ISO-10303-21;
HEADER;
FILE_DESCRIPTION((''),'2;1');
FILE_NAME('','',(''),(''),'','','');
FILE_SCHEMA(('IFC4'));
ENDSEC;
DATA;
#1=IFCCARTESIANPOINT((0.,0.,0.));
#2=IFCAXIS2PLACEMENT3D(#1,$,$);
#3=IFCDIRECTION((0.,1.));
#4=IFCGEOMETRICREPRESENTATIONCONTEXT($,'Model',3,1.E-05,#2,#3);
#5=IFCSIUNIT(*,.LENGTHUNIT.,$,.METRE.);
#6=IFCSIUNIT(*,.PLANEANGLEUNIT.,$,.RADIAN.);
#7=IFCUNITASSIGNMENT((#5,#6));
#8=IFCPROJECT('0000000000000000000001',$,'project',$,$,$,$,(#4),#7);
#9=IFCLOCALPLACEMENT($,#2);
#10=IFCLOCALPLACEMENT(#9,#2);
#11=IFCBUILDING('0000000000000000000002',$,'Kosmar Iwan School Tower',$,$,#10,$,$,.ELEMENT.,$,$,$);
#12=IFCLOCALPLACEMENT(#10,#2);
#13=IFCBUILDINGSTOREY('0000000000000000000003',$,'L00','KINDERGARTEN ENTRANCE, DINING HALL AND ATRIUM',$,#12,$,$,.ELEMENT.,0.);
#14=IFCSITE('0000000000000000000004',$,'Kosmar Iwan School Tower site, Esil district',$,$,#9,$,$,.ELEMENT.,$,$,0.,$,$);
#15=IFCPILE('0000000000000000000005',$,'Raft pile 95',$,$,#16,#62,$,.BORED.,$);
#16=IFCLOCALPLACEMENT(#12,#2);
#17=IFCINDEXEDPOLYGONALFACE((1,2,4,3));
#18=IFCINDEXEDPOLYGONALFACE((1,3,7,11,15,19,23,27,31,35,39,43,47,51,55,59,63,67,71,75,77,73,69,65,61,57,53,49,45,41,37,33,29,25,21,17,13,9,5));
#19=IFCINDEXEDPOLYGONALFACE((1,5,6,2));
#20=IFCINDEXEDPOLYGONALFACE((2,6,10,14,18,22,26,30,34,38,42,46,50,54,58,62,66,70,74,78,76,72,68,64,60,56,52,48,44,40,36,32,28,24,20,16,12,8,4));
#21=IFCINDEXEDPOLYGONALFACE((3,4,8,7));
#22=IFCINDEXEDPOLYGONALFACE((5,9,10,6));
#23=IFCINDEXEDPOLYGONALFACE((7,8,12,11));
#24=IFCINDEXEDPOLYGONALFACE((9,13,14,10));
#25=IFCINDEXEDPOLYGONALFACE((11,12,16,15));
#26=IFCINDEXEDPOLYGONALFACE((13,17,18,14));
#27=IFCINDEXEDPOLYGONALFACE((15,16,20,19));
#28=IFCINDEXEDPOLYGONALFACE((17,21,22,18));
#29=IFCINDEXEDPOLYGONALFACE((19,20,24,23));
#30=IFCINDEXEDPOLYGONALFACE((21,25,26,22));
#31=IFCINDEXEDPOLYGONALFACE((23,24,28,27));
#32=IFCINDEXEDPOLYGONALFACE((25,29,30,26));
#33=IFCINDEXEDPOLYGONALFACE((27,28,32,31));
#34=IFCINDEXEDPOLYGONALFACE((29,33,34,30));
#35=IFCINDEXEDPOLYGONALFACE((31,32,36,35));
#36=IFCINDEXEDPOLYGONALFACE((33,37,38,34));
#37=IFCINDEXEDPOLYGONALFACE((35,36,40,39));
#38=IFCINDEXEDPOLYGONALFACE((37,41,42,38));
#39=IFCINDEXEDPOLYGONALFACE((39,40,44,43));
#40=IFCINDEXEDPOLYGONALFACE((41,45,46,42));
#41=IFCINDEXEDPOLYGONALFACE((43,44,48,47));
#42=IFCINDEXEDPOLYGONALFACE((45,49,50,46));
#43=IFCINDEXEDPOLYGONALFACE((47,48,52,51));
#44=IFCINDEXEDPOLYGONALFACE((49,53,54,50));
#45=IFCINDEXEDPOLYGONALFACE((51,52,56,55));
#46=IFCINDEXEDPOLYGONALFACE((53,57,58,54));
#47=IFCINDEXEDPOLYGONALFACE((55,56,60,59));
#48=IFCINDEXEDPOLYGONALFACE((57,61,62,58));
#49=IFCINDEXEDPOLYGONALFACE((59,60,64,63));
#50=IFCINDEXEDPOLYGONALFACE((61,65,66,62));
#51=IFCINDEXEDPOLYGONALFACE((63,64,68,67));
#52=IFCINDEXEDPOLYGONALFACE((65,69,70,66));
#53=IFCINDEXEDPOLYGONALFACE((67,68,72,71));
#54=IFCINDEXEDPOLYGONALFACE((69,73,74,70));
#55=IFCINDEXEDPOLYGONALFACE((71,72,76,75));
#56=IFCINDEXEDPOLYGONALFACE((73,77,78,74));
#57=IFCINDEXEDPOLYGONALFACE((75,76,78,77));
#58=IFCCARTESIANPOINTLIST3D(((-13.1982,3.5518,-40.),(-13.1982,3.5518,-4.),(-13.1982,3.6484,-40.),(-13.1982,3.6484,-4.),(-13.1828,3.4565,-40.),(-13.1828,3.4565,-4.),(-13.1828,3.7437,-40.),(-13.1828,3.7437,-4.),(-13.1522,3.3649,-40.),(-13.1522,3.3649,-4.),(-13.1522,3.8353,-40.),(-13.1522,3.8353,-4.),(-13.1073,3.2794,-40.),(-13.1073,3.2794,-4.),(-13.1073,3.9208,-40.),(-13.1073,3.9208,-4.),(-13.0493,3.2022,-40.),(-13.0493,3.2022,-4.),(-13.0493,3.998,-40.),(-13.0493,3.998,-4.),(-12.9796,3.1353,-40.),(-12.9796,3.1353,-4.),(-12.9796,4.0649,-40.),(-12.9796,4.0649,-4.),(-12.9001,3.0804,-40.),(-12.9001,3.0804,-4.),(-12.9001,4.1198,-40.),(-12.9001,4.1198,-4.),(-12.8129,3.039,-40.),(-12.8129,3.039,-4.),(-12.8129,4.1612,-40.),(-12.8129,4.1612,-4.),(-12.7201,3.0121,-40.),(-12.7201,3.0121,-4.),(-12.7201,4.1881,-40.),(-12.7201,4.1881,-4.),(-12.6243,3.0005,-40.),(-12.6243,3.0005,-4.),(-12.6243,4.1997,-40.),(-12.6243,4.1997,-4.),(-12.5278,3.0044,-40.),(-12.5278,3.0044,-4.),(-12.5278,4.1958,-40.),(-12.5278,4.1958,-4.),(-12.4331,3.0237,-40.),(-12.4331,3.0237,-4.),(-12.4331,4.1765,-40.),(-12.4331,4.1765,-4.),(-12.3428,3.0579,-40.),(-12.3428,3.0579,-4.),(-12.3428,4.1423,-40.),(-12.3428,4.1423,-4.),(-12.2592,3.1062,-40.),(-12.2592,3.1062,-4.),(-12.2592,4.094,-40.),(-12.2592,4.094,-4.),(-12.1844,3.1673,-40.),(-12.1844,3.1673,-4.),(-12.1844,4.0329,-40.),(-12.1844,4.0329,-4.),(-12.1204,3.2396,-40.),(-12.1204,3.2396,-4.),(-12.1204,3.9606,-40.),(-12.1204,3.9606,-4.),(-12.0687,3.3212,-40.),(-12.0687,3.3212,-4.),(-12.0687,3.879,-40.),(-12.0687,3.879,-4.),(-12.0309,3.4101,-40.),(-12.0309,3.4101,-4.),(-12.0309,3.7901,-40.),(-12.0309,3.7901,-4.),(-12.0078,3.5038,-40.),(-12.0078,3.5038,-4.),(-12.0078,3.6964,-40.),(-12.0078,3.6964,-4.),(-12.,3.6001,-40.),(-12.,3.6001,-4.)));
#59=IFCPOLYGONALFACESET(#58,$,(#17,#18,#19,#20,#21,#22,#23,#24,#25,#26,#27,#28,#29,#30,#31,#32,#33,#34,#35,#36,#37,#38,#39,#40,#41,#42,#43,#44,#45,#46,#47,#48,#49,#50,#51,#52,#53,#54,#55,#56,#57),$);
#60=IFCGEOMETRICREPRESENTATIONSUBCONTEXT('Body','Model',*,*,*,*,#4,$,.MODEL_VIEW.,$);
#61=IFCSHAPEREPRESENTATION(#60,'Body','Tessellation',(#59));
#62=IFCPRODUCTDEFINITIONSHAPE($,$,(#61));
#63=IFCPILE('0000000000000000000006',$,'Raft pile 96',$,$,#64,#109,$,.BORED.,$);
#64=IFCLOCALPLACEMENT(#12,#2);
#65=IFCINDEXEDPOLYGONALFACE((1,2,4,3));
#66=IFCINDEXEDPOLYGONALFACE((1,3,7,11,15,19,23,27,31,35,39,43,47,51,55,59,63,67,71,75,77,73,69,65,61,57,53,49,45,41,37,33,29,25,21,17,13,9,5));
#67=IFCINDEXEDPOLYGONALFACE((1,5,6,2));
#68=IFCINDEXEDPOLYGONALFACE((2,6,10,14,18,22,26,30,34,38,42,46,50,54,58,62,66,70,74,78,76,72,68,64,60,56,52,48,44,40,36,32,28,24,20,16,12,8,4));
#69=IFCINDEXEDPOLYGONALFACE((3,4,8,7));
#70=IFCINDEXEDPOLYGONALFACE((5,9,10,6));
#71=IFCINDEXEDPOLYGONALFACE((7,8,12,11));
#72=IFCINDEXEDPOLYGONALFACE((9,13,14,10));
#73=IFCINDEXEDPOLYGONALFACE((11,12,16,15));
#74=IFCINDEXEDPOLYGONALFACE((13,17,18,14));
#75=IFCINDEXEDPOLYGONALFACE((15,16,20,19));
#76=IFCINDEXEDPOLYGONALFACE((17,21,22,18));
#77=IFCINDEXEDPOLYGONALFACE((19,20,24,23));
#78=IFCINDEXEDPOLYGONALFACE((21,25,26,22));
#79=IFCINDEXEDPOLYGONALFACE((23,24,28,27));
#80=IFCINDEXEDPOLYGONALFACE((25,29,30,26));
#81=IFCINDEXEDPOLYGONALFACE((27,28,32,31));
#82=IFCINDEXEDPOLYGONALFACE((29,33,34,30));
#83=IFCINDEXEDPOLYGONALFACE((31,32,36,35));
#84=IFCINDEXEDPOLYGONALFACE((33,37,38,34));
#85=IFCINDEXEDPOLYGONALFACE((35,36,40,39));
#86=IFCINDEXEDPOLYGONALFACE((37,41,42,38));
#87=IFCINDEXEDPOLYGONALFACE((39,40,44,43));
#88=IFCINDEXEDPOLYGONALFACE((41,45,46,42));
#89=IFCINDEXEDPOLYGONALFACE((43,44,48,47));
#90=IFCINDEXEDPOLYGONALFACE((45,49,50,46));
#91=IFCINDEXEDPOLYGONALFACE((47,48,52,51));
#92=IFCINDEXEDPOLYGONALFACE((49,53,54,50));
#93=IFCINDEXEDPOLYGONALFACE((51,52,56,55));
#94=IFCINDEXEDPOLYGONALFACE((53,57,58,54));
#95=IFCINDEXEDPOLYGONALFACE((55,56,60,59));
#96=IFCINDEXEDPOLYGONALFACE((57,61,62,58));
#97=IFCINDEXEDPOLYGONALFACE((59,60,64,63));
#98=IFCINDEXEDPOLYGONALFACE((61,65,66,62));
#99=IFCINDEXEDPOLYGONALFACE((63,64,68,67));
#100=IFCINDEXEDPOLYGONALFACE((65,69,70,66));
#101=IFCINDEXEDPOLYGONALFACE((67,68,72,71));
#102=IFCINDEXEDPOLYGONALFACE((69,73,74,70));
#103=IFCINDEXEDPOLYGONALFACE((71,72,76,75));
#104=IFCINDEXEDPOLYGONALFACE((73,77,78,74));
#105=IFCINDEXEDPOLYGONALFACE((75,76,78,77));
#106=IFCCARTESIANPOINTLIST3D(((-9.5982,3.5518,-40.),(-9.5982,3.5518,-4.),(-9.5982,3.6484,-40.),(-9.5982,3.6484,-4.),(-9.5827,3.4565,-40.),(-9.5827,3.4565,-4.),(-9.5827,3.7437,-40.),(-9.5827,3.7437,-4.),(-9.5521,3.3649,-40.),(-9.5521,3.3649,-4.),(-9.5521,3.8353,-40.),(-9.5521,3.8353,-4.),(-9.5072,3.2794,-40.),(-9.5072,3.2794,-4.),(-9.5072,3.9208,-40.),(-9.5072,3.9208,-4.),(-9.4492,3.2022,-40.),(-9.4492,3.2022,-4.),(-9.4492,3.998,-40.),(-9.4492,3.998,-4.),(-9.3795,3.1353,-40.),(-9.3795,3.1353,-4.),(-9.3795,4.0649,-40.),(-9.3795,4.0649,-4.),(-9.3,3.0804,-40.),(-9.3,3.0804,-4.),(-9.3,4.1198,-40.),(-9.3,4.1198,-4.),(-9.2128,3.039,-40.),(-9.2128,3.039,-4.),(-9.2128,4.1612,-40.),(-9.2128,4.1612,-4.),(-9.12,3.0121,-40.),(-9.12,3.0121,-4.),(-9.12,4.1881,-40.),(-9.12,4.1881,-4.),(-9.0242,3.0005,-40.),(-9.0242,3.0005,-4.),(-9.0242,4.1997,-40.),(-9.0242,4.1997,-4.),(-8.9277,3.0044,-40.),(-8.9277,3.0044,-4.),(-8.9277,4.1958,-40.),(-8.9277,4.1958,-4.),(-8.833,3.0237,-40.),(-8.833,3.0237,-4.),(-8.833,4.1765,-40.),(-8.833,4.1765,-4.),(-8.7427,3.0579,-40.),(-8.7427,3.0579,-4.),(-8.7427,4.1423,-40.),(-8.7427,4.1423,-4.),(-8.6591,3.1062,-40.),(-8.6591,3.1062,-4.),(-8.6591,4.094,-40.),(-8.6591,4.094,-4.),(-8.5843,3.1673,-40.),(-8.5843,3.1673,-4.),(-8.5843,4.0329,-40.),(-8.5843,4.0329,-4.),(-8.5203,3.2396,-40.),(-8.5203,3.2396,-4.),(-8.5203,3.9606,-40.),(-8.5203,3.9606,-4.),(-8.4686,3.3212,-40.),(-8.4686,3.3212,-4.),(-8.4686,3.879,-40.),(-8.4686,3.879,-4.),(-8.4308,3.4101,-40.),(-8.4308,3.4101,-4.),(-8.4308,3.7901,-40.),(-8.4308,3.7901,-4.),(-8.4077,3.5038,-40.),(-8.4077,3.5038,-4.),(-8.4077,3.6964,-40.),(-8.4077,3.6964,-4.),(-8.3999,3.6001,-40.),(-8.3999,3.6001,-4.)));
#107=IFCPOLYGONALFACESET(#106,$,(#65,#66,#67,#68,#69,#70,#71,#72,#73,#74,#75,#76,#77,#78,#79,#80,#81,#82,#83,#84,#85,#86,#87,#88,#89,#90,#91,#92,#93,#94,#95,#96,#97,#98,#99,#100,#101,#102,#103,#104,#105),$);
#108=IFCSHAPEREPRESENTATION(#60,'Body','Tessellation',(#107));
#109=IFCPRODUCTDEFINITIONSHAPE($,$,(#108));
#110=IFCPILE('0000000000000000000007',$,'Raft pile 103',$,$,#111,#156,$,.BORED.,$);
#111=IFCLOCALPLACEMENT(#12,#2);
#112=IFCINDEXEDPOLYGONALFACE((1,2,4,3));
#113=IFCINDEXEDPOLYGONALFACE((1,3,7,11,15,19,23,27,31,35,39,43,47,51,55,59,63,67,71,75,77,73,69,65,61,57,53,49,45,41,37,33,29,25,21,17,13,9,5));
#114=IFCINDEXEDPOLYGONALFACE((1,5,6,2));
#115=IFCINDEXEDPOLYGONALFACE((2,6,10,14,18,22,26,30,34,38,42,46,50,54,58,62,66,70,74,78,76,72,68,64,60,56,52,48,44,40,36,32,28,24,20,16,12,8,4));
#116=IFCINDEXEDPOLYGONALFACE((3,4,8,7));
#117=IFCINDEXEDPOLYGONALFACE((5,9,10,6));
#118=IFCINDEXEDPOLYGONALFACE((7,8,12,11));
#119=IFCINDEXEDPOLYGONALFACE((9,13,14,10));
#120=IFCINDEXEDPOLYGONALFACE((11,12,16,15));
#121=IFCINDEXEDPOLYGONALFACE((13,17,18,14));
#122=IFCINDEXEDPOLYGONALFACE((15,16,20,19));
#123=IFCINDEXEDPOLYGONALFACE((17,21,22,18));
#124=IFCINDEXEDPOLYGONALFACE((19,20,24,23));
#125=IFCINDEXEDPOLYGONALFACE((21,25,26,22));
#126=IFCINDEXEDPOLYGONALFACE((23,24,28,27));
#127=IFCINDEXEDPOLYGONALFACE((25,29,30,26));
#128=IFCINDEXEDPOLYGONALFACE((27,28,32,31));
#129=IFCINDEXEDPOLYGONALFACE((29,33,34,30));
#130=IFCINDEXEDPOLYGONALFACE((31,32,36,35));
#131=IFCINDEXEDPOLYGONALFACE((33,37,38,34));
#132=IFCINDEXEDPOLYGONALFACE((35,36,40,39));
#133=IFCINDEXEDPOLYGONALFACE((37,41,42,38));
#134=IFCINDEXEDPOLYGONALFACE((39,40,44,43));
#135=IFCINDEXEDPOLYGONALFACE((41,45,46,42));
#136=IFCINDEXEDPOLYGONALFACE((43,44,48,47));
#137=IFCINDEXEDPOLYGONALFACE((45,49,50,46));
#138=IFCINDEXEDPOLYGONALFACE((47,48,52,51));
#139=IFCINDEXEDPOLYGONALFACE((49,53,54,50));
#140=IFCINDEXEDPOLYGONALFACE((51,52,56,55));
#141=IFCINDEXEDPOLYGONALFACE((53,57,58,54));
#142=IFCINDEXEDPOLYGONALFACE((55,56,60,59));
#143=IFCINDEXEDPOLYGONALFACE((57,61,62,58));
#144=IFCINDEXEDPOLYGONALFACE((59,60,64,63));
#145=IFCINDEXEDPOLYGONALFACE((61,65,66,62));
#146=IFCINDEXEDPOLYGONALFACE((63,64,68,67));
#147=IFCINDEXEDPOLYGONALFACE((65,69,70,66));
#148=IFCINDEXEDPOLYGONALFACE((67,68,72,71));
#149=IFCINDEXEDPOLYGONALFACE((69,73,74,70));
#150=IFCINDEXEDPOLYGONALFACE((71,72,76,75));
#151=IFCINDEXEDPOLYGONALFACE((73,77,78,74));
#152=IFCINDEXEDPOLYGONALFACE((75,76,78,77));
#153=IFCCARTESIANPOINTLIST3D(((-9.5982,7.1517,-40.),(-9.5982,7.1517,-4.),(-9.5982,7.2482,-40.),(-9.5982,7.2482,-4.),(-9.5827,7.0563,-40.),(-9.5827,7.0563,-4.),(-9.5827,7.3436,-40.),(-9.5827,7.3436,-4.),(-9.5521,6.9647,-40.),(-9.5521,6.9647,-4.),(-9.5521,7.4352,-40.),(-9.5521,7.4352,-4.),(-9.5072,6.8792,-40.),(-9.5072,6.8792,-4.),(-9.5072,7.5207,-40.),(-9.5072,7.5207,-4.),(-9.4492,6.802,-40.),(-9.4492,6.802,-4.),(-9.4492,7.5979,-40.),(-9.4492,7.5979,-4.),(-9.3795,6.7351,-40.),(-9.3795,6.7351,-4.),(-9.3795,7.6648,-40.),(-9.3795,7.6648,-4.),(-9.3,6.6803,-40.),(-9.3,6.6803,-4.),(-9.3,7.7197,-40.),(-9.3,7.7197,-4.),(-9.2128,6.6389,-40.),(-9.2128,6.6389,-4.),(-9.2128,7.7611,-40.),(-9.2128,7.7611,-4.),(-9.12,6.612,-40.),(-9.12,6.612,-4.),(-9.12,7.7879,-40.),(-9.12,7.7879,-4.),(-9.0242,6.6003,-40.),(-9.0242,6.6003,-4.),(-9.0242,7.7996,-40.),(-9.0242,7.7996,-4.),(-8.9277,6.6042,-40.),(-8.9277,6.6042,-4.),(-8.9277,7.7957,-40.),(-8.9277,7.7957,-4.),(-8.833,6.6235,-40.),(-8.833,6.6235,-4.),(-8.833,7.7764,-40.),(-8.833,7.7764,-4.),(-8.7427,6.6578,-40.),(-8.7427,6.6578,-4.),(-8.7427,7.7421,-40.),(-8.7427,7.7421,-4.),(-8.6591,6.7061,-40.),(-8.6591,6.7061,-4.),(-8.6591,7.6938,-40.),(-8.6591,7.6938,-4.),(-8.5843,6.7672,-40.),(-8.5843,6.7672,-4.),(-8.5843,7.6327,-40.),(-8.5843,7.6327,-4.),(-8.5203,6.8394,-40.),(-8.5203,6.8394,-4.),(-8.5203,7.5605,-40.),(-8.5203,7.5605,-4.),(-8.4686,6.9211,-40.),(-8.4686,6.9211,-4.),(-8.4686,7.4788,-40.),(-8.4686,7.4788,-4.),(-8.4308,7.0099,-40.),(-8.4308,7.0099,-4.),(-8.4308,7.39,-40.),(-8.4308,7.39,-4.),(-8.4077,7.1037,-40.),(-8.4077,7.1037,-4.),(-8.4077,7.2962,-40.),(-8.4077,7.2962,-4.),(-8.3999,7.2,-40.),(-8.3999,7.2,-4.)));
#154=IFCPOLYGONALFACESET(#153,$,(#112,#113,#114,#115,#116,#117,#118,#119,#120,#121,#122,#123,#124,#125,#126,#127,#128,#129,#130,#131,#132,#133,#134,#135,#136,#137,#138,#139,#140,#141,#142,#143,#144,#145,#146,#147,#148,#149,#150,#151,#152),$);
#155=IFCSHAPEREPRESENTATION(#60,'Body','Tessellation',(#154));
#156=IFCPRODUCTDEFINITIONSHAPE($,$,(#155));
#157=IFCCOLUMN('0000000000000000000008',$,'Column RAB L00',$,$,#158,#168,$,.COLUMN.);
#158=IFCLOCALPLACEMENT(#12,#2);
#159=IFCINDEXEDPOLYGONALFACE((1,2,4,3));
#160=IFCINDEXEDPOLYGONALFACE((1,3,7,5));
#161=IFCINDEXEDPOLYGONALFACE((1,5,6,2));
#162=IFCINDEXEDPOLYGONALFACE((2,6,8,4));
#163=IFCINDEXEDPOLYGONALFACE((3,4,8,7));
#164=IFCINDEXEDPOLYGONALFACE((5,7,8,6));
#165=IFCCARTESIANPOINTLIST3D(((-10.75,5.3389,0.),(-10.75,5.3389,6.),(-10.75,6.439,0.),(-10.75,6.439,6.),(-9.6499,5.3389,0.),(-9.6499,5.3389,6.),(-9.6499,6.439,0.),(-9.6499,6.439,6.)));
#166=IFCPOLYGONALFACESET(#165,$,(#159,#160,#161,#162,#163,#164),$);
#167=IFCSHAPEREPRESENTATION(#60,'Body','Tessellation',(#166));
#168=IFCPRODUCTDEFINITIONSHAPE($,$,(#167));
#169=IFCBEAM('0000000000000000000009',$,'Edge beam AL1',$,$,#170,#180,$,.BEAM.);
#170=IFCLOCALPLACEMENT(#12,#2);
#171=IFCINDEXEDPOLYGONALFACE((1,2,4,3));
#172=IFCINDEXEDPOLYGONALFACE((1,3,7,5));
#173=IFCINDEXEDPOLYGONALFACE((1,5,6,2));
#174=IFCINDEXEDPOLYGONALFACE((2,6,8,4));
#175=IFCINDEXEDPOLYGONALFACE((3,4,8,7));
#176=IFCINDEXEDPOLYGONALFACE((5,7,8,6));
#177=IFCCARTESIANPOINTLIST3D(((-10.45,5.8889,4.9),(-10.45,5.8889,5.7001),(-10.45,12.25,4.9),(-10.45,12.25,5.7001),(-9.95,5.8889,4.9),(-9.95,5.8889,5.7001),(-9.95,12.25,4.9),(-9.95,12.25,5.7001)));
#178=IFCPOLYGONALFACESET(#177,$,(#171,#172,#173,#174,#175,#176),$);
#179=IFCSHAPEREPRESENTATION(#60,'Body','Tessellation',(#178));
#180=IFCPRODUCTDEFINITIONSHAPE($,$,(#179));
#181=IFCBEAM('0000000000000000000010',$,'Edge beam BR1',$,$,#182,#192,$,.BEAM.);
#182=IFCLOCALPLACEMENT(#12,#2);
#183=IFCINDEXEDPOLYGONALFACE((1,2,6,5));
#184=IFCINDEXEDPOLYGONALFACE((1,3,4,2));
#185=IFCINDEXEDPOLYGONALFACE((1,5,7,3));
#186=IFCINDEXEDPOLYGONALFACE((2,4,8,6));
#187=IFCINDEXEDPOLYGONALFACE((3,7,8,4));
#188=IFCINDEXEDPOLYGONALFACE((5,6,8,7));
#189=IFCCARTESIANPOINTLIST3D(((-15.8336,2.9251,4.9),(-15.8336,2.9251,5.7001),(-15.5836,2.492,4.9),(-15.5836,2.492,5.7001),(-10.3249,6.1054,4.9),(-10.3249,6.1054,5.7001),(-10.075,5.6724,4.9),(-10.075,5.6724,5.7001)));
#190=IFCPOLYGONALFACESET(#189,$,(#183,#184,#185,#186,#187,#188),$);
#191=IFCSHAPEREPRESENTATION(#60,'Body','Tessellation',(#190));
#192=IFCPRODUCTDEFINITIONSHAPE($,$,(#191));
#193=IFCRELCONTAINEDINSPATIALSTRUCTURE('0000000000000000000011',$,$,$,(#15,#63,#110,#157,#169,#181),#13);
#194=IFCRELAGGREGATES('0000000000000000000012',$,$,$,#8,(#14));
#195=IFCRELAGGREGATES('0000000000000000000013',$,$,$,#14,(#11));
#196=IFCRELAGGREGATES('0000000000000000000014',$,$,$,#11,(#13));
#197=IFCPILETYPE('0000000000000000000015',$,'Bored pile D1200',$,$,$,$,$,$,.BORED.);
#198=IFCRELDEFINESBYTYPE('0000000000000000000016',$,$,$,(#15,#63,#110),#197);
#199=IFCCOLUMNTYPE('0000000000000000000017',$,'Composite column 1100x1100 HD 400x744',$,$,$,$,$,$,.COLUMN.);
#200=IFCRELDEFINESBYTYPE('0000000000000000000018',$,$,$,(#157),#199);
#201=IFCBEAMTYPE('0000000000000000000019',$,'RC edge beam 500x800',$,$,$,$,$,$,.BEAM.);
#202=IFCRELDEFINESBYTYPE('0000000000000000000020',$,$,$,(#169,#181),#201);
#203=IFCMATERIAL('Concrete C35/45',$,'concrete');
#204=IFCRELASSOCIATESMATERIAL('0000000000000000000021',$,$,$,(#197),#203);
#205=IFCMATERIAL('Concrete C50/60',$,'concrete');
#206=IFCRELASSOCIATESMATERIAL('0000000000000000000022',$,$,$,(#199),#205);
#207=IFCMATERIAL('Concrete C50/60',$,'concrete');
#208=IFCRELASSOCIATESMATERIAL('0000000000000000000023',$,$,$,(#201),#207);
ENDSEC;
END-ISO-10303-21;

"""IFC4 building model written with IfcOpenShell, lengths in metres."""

from ifc_helpers import new_model, si_unit, direction, frame, origin, origin_2d, place, context, subcontext, project, spatial, rectangle, circle, extrude, material, material_profile, profile_set, type_object, element, save


model = new_model("IFC4")

# Units and contexts
model_context = context("Model", 3, precision=1e-05, world=origin(), true_north=direction((0.0, 1.0)))
body_context = subcontext(model_context, "Body", "Model", "MODEL_VIEW")
ifc_project = project(units=[si_unit("LENGTHUNIT", "METRE"), si_unit("PLANEANGLEUNIT", "RADIAN")], contexts=[model_context])

# Site, building, storey
site_placement = place(None, origin())
site = spatial("IfcSite", under=ifc_project, at=site_placement, Name="Kosmar Iwan School Tower site, Esil district", CompositionType="ELEMENT", RefElevation=0.0)
building_placement = place(site_placement, origin())
building = spatial("IfcBuilding", under=site, at=building_placement, Name="Kosmar Iwan School Tower", CompositionType="ELEMENT")
storey_placement = place(building_placement, origin())
storey = spatial("IfcBuildingStorey", under=building, at=storey_placement, Name="L00", Description="KINDERGARTEN ENTRANCE, DINING HALL AND ATRIUM", CompositionType="ELEMENT", Elevation=0.0)

# Piles
ifc_material_1 = material(Name="Concrete C35/45", Category="concrete")
ifc_material_profile_1 = material_profile(ifc_material_1, circle(Radius=0.6001, at=origin_2d()), Name="D1200")
ifc_profile_set_1 = profile_set([ifc_material_profile_1], Name="Concrete C35/45")
pile_type = type_object("IfcPileType", Name="Bored pile D1200", PredefinedType="BORED", material=ifc_profile_set_1)
for number, where, z_axis, x_axis, name in (
    (1, (-12.6001, 3.6001, -4.0), (0.0, 0.0, -1.0), (1.0, 0.0, 0.0), "Raft pile 95"),
    (2, (-9.0, 3.6001, -4.0), (0.0, 0.0, -1.0), (1.0, 0.0, 0.0), "Raft pile 96"),
    (3, (-9.0, 7.2, -4.0), (0.0, 0.0, -1.0), (1.0, 0.0, 0.0), "Raft pile 103"),
):
    element("IfcPile", number, at=place(storey_placement, frame(where, z_axis=z_axis, x_axis=x_axis)), inside=storey, type_object=pile_type, Name=name, PredefinedType="BORED", context=body_context, shape_type="SweptSolid", body=[
        extrude(circle(Radius=0.6001, at=origin_2d()), origin(), (0.0, 0.0, 1.0), 36.0),
    ])

# Column
ifc_material_2 = material(Name="Concrete C50/60", Category="concrete")
ifc_material_profile_2 = material_profile(ifc_material_2, rectangle(XDim=1.1001, YDim=1.1001, at=origin_2d()), Name="RC 1100x1100 + HD 400x744")
ifc_profile_set_2 = profile_set([ifc_material_profile_2], Name="Concrete C50/60")
column_type = type_object("IfcColumnType", Name="Composite column 1100x1100 HD 400x744", PredefinedType="COLUMN", material=ifc_profile_set_2)
column_placement = place(storey_placement, frame((-10.2, 5.8889, 0.0), z_axis=(0.0, 0.0, 1.0), x_axis=(1.0, 0.0, 0.0)))
element("IfcColumn", 4, at=column_placement, inside=storey, type_object=column_type, Name="Column RAB L00", PredefinedType="COLUMN", context=body_context, shape_type="SweptSolid", body=[
    extrude(rectangle(XDim=1.1001, YDim=1.1001, at=origin_2d()), origin(), (0.0, 0.0, 1.0), 6.0),
])

# Beams
ifc_material_3 = material(Name="Concrete C50/60", Category="concrete")
ifc_material_profile_3 = material_profile(ifc_material_3, rectangle(XDim=0.5, YDim=0.8, at=origin_2d()), Name="RC 500x800")
ifc_profile_set_3 = profile_set([ifc_material_profile_3], Name="Concrete C50/60")
beam_type = type_object("IfcBeamType", Name="RC edge beam 500x800", PredefinedType="BEAM", material=ifc_profile_set_3)
beam_1_placement = place(storey_placement, frame((-10.2, 5.8889, 5.3), z_axis=(0.0, 1.0, 0.0), x_axis=(-1.0, 0.0, 0.0)))
element("IfcBeam", 5, at=beam_1_placement, inside=storey, type_object=beam_type, Name="Edge beam AL1", PredefinedType="BEAM", context=body_context, shape_type="SweptSolid", body=[
    extrude(rectangle(XDim=0.5, YDim=0.8, at=origin_2d()), origin(), (0.0, 0.0, 1.0), 6.3611),
])
beam_2_placement = place(storey_placement, frame((-10.2, 5.8889, 5.3), z_axis=(-0.866031, -0.49999, 0.0), x_axis=(0.49999, -0.866031, 0.0)))
element("IfcBeam", 6, at=beam_2_placement, inside=storey, type_object=beam_type, Name="Edge beam BR1", PredefinedType="BEAM", context=body_context, shape_type="SweptSolid", body=[
    extrude(rectangle(XDim=0.5, YDim=0.8, at=origin_2d()), origin(), (0.0, 0.0, 1.0), 6.3608),
])

save(model, "model.ifc")
